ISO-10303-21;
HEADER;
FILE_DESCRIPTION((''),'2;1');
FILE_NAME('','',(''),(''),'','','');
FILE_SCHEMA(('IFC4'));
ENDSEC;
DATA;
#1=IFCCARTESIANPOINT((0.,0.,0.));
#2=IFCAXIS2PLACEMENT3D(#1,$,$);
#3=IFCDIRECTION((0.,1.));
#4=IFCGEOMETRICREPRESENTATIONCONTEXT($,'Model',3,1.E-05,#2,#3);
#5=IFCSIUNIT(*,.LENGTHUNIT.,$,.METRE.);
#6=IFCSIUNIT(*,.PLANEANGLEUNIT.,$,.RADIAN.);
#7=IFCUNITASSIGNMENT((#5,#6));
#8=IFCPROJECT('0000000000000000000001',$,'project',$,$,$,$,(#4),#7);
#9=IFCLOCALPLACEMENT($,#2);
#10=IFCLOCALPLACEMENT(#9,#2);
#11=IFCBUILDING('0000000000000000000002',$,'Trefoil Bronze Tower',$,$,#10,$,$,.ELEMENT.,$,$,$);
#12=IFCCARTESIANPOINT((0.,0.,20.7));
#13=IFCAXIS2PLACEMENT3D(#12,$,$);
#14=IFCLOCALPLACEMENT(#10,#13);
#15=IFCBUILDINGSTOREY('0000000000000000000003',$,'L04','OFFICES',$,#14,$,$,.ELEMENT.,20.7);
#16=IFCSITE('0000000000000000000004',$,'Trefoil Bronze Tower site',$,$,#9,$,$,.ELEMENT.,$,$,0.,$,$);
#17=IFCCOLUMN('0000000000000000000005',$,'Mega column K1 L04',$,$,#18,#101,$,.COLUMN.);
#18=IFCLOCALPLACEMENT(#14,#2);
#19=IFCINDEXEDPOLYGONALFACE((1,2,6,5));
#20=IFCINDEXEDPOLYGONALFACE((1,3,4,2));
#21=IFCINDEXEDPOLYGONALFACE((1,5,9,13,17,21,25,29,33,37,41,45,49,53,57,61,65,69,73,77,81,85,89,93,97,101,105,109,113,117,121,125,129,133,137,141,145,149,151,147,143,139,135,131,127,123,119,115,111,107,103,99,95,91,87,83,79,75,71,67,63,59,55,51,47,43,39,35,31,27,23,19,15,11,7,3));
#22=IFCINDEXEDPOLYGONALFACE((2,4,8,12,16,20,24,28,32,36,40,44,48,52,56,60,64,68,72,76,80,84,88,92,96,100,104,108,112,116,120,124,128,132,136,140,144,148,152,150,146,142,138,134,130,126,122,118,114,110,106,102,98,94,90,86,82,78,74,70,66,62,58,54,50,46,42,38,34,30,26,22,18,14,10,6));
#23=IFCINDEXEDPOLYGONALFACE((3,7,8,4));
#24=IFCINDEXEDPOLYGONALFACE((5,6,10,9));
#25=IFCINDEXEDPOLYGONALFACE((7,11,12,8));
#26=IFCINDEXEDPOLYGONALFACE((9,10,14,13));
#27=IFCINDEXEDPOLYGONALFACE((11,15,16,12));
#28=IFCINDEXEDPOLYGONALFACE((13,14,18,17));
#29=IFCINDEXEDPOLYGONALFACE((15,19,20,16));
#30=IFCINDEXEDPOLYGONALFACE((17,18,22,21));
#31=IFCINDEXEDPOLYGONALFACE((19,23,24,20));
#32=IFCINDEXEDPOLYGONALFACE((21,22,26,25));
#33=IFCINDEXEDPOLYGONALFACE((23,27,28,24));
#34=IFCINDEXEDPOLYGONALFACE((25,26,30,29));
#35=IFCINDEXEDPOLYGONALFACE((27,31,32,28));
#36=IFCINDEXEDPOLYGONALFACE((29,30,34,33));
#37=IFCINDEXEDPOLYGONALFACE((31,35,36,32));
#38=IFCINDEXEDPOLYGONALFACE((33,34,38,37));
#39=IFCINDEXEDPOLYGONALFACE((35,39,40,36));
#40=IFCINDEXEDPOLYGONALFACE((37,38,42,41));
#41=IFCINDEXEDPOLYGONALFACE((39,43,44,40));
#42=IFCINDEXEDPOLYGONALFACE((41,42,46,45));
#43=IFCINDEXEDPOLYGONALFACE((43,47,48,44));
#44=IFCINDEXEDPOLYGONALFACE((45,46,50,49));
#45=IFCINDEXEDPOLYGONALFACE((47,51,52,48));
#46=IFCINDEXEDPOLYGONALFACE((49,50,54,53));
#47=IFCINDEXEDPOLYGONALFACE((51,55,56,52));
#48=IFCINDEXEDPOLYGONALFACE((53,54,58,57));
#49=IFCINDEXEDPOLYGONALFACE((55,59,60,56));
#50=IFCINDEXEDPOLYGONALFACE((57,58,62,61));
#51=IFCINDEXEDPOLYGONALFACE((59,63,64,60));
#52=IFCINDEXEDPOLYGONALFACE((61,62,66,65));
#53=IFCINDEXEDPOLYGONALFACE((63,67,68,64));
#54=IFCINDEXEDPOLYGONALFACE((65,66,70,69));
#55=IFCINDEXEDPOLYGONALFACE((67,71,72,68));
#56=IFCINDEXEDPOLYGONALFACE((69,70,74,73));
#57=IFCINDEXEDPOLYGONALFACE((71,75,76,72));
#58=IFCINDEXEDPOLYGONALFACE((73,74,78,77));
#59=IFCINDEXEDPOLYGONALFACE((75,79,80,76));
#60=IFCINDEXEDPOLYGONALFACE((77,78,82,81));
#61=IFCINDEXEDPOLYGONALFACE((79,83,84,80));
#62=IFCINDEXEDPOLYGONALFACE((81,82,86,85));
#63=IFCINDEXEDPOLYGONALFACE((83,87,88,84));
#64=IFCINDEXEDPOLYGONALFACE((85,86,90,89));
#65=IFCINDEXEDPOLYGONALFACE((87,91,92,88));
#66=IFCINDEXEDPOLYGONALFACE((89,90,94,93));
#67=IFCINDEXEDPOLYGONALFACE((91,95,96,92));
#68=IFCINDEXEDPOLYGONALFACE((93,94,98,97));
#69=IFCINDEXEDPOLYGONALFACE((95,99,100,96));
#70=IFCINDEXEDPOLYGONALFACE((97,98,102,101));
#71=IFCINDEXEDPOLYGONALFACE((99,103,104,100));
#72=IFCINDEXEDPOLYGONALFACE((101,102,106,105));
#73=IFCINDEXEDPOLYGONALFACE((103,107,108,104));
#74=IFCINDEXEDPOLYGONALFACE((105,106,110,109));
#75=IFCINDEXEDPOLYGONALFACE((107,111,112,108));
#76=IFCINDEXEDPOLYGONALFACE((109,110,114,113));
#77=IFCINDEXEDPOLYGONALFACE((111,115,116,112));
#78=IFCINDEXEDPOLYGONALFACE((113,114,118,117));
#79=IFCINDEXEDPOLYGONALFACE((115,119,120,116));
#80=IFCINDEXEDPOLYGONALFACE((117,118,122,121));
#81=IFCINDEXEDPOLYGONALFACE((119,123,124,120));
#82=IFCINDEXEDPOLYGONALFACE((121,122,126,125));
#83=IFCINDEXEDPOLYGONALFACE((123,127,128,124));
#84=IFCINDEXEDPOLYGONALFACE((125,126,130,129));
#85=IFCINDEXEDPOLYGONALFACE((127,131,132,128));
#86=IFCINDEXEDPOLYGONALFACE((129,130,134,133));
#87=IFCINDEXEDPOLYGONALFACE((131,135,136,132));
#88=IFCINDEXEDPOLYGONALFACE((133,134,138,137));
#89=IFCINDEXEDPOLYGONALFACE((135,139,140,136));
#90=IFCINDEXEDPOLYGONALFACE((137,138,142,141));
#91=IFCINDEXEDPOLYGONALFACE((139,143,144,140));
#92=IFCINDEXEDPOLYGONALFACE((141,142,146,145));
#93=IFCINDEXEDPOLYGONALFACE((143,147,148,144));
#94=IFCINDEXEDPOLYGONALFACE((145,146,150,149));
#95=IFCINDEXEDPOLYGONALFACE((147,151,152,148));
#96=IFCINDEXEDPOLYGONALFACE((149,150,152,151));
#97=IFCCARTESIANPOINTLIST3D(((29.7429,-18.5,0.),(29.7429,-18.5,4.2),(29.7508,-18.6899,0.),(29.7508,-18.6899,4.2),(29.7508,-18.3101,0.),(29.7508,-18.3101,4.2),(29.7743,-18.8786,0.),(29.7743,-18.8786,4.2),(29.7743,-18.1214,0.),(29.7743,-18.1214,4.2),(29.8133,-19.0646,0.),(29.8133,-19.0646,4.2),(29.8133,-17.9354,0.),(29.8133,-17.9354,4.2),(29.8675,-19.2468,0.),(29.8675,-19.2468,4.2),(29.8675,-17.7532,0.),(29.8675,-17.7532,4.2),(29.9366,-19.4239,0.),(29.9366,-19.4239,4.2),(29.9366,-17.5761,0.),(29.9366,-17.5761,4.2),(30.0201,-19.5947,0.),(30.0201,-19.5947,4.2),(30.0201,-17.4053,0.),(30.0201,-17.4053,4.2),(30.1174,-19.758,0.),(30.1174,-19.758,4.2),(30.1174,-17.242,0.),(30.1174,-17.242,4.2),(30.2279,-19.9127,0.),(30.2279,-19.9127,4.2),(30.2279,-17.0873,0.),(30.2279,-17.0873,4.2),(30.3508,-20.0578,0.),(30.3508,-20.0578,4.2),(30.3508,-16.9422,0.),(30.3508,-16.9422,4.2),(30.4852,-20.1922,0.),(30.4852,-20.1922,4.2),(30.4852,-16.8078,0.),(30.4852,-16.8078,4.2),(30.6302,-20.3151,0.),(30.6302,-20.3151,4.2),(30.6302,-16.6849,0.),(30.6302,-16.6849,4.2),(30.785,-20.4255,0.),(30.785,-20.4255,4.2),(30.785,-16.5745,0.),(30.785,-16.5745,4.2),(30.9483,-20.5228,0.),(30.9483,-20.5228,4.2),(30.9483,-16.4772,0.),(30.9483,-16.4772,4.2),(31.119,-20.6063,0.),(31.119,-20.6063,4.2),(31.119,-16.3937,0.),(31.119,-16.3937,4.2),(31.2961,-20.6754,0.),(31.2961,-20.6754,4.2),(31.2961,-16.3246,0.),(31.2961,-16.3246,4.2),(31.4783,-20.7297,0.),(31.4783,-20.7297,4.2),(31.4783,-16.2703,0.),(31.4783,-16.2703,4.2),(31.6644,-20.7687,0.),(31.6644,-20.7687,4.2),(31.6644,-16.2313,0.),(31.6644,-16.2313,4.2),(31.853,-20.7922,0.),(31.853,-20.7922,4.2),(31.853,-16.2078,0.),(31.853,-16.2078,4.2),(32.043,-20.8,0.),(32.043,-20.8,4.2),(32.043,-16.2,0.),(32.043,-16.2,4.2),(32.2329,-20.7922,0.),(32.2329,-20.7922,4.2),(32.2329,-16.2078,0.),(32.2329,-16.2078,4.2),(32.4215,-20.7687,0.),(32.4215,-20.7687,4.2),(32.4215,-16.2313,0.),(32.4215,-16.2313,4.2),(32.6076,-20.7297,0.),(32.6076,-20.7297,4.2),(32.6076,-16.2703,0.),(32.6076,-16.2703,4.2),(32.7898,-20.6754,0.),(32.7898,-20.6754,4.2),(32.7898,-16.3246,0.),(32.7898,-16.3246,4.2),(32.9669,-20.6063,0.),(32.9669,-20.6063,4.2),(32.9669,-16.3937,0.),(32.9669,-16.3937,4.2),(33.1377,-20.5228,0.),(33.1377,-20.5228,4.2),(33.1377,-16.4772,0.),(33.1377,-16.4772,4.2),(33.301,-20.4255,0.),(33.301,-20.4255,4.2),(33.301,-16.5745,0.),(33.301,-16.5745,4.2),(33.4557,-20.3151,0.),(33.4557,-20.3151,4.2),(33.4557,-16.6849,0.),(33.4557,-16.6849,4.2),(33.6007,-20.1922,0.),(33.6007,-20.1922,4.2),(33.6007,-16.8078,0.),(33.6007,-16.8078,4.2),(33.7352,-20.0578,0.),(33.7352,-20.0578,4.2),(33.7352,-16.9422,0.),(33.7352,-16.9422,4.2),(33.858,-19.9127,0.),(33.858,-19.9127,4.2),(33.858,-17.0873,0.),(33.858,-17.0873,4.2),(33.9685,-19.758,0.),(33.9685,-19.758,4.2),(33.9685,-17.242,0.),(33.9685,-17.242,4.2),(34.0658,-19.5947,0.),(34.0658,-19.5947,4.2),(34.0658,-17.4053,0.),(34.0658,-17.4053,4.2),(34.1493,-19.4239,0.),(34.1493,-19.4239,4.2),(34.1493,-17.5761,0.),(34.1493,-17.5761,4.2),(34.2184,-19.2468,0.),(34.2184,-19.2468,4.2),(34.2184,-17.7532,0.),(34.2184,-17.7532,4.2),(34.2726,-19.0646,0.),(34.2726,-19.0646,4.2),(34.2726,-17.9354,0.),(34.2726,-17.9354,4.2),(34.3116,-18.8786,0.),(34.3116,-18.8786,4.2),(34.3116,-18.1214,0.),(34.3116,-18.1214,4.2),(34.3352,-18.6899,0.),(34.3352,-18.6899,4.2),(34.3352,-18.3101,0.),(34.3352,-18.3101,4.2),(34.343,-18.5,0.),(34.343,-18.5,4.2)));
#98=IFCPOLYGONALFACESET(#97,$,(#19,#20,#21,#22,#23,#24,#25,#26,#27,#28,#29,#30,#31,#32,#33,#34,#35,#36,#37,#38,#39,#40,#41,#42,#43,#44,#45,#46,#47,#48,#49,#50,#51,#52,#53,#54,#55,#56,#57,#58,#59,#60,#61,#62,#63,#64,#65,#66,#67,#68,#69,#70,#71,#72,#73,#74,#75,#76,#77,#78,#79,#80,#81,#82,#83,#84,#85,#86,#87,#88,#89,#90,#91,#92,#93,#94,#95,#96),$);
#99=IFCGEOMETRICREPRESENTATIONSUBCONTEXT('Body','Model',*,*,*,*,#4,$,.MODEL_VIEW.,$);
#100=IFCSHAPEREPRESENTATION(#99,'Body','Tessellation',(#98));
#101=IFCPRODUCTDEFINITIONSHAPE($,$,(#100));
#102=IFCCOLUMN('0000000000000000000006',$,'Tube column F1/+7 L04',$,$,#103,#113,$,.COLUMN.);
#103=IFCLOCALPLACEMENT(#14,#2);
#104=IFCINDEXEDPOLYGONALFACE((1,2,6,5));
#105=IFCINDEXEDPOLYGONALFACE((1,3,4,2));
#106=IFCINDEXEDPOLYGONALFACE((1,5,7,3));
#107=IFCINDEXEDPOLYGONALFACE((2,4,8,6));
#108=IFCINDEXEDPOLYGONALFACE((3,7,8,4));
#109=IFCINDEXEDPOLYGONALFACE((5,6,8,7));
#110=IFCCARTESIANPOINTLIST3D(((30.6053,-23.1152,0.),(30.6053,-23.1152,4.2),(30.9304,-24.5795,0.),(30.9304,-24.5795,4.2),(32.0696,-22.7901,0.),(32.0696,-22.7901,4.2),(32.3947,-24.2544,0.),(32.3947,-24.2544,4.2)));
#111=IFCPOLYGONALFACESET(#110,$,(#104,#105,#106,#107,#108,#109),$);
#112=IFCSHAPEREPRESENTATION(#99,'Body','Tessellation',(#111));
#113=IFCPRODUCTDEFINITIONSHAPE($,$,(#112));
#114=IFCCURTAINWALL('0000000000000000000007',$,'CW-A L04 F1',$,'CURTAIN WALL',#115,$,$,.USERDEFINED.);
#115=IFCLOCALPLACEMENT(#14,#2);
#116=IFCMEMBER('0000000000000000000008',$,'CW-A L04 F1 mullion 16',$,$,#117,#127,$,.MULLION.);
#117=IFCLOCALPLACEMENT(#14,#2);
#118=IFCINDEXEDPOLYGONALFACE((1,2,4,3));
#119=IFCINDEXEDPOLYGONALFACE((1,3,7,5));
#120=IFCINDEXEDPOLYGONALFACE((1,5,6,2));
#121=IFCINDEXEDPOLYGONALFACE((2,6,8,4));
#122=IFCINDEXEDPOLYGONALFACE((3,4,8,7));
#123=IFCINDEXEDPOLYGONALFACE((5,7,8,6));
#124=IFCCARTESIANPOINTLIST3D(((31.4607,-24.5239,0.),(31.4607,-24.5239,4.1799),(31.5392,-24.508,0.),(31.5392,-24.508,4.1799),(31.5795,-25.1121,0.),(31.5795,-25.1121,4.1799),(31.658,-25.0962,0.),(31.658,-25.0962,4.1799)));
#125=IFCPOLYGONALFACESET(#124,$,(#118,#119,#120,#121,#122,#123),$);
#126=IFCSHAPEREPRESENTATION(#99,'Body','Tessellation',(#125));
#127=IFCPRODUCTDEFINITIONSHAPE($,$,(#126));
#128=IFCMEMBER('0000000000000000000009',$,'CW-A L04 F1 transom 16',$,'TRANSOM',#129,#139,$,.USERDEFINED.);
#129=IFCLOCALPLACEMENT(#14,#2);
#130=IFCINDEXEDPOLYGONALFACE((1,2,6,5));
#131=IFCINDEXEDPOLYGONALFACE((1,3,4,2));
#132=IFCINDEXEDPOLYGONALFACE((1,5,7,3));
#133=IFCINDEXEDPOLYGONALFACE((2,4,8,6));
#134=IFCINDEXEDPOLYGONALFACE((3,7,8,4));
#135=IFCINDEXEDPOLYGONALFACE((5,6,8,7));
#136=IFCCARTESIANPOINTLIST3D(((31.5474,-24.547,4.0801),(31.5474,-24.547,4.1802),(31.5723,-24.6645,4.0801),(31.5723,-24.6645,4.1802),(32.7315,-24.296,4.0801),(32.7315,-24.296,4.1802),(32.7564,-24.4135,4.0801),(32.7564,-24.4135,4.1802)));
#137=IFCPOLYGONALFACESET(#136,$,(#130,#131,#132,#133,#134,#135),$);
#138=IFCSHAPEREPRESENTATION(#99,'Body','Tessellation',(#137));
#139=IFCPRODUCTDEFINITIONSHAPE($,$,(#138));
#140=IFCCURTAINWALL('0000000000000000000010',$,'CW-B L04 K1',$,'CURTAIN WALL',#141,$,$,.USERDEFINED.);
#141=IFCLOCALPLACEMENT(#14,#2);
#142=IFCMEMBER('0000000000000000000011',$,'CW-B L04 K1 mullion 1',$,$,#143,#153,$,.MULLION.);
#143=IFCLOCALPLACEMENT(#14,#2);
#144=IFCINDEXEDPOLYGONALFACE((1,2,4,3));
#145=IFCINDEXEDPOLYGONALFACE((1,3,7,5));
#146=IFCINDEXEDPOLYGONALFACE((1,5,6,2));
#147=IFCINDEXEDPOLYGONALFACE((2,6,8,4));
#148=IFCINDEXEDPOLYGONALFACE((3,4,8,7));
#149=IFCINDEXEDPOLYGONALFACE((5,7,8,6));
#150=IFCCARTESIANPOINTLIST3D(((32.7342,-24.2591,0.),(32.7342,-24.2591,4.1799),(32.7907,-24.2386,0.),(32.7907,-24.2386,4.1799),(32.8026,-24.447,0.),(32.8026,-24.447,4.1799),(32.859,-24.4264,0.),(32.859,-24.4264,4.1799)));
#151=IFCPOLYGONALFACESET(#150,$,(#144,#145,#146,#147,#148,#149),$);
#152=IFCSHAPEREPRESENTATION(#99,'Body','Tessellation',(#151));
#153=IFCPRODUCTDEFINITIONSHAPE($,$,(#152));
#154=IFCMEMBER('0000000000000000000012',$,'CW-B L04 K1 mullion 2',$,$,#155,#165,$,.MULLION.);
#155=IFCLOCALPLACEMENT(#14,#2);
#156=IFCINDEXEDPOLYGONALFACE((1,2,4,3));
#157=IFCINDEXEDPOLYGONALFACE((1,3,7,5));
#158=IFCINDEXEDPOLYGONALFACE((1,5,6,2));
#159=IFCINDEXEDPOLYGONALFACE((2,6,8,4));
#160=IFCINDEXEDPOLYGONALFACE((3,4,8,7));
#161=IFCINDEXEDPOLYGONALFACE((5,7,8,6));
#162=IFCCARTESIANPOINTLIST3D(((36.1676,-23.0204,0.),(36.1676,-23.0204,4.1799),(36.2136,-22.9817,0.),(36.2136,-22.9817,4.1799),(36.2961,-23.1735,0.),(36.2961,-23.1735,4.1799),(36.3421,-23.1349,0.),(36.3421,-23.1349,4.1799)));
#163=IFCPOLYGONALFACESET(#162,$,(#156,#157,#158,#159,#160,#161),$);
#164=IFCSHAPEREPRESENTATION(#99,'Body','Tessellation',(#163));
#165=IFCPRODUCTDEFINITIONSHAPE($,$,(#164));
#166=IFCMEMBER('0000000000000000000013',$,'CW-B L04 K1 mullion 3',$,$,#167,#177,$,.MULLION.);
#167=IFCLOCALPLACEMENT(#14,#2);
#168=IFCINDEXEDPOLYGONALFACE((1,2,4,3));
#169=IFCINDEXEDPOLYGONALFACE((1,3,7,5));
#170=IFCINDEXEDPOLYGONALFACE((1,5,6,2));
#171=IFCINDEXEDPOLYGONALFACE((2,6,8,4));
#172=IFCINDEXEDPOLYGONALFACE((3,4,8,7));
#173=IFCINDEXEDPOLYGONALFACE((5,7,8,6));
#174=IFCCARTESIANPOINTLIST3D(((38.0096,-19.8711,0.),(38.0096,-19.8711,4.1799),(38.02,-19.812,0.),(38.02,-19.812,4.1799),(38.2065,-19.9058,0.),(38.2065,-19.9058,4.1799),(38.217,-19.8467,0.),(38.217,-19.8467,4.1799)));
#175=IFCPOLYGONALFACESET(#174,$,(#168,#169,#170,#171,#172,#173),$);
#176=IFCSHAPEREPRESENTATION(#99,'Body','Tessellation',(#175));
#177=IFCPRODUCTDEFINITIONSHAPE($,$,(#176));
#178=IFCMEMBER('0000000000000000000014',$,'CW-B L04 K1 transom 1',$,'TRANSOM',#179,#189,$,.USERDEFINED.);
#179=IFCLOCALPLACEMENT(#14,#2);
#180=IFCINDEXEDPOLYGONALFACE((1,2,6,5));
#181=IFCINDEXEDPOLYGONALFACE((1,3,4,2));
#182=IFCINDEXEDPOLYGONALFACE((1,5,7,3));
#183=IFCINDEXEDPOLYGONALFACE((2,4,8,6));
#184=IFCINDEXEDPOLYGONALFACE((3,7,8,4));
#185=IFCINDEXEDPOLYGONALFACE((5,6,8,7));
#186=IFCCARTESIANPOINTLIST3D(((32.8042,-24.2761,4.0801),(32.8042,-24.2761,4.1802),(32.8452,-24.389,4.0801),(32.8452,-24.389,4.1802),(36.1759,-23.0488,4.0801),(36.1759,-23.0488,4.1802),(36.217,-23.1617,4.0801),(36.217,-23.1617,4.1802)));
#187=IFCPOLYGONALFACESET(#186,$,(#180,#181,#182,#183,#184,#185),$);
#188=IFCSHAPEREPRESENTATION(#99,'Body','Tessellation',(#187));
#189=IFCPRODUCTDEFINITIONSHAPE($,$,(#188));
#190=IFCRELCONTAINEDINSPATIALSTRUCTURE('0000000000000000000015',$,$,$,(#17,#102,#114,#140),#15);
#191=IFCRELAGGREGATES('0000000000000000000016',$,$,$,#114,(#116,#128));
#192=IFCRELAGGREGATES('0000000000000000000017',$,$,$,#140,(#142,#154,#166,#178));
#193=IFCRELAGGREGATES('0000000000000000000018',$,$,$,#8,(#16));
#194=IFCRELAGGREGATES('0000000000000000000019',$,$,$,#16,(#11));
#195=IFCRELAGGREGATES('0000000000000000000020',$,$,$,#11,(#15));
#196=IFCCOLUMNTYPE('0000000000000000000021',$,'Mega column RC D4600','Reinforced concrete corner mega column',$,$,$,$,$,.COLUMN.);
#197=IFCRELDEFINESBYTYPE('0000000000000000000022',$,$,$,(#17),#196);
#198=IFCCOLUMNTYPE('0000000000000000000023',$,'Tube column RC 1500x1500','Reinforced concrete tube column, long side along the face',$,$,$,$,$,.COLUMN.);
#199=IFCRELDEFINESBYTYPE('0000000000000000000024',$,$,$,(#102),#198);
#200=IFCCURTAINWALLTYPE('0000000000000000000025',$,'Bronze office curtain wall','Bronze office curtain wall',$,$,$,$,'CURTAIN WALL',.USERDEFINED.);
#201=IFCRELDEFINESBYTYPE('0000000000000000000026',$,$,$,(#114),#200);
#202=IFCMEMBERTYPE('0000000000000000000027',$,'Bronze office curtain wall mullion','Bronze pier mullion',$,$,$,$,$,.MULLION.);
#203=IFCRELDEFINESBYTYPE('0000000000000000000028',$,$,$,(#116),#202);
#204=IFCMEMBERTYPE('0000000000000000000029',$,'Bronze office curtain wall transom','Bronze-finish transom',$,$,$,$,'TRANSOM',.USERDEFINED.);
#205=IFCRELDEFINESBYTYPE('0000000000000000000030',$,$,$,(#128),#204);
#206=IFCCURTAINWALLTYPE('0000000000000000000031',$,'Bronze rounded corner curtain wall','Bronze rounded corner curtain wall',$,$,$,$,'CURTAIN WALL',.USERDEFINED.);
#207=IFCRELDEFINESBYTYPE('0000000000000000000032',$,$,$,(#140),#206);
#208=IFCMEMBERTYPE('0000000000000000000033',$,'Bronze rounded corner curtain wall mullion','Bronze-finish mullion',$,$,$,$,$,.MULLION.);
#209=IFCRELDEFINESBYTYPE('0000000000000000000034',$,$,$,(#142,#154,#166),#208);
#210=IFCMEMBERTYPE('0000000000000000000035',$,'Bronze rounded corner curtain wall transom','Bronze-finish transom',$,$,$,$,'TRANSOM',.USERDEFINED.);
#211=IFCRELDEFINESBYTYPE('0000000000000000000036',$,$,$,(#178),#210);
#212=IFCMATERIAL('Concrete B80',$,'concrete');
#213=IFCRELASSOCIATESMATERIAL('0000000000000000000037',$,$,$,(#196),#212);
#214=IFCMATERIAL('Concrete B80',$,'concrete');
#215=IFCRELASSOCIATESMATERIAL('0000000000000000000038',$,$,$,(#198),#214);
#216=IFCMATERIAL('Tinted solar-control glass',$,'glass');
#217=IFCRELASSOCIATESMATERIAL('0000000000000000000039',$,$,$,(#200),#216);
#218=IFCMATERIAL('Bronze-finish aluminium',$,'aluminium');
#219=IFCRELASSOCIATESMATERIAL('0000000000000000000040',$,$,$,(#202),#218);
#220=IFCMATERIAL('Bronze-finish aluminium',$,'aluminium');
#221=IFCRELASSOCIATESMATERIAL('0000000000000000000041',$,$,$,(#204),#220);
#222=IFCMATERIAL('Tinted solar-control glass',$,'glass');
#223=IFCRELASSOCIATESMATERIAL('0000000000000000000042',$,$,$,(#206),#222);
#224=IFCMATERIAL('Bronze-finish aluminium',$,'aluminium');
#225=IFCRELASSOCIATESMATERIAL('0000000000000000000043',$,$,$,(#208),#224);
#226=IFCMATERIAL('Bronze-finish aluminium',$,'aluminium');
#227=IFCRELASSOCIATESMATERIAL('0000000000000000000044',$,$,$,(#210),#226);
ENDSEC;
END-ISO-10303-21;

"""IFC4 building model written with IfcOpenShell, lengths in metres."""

from ifc_helpers import new_model, si_unit, direction, frame, origin, origin_2d, place, context, subcontext, project, spatial, rectangle, circle, extrude, material, material_profile, profile_set, type_object, element, aggregate, save


model = new_model("IFC4")

# Units and contexts
model_context = context("Model", 3, precision=1e-05, world=origin(), true_north=direction((0.0, 1.0)))
body_context = subcontext(model_context, "Body", "Model", "MODEL_VIEW")
ifc_project = project(units=[si_unit("LENGTHUNIT", "METRE"), si_unit("PLANEANGLEUNIT", "RADIAN")], contexts=[model_context])

# Site, building, storey
site_placement = place(None, origin())
site = spatial("IfcSite", under=ifc_project, at=site_placement, Name="Trefoil Bronze Tower site", CompositionType="ELEMENT", RefElevation=0.0)
building_placement = place(site_placement, origin())
building = spatial("IfcBuilding", under=site, at=building_placement, Name="Trefoil Bronze Tower", CompositionType="ELEMENT")
storey_placement = place(building_placement, frame((0.0, 0.0, 20.7)))
storey = spatial("IfcBuildingStorey", under=building, at=storey_placement, Name="L04", Description="OFFICES", CompositionType="ELEMENT", Elevation=20.7)

# Columns
ifc_material_1 = material(Name="Concrete B80", Category="concrete")
ifc_material_profile_1 = material_profile(ifc_material_1, circle(Radius=2.3, at=origin_2d()), Name="RC D4600")
ifc_profile_set_1 = profile_set([ifc_material_profile_1], Name="Concrete B80")
column_type_1 = type_object("IfcColumnType", Name="Mega column RC D4600", Description="Reinforced concrete corner mega column", PredefinedType="COLUMN", material=ifc_profile_set_1)
column_1_placement = place(storey_placement, frame((32.043, -18.5, 0.0), z_axis=(0.0, 0.0, 1.0), x_axis=(1.0, 0.0, 0.0)))
element("IfcColumn", 1, at=column_1_placement, inside=storey, type_object=column_type_1, Name="Mega column K1 L04", PredefinedType="COLUMN", context=body_context, shape_type="SweptSolid", body=[
    extrude(circle(Radius=2.3, at=origin_2d()), origin(), (0.0, 0.0, 1.0), 4.2),
])
ifc_material_2 = material(Name="Concrete B80", Category="concrete")
ifc_material_profile_2 = material_profile(ifc_material_2, rectangle(XDim=1.5, YDim=1.5, at=origin_2d()), Name="RC 1500x1500")
ifc_profile_set_2 = profile_set([ifc_material_profile_2], Name="Concrete B80")
column_type_2 = type_object("IfcColumnType", Name="Tube column RC 1500x1500", Description="Reinforced concrete tube column, long side along the face", PredefinedType="COLUMN", material=ifc_profile_set_2)
column_2_placement = place(storey_placement, frame((31.5, -23.6848, 0.0), z_axis=(0.0, 0.0, 1.0), x_axis=(0.97623, 0.216739, 0.0)))
element("IfcColumn", 2, at=column_2_placement, inside=storey, type_object=column_type_2, Name="Tube column F1/+7 L04", PredefinedType="COLUMN", context=body_context, shape_type="SweptSolid", body=[
    extrude(rectangle(XDim=1.5, YDim=1.5, at=origin_2d()), origin(), (0.0, 0.0, 1.0), 4.2),
])

# Curtain walls, members
ifc_material_3 = material(Name="Tinted solar-control glass", Category="glass")
curtain_wall_type_1 = type_object("IfcCurtainWallType", Name="Bronze office curtain wall", Description="Bronze office curtain wall", ElementType="CURTAIN WALL", PredefinedType="USERDEFINED", material=ifc_material_3)
curtain_wall_1_placement = place(storey_placement, origin())
curtain_wall_1 = element("IfcCurtainWall", 3, at=curtain_wall_1_placement, inside=storey, type_object=curtain_wall_type_1, Name="CW-A L04 F1", ObjectType="CURTAIN WALL", PredefinedType="USERDEFINED")
ifc_material_4 = material(Name="Bronze-finish aluminium", Category="aluminium")
ifc_material_profile_3 = material_profile(ifc_material_4, rectangle(XDim=0.6001, YDim=0.0801, at=origin_2d()), Name="CW-A mullion")
ifc_profile_set_3 = profile_set([ifc_material_profile_3], Name="Bronze-finish aluminium")
member_type_1 = type_object("IfcMemberType", Name="Bronze office curtain wall mullion", Description="Bronze pier mullion", PredefinedType="MULLION", material=ifc_profile_set_3)
member_1_placement = place(storey_placement, frame((31.5593, -24.8101, 0.0), z_axis=(0.0, 0.0, 1.0), x_axis=(-0.19791, 0.98022, 0.0)))
member_1 = element("IfcMember", 4, at=member_1_placement, type_object=member_type_1, Name="CW-A L04 F1 mullion 16", PredefinedType="MULLION", context=body_context, shape_type="SweptSolid", body=[
    extrude(rectangle(XDim=0.6001, YDim=0.0801, at=origin_2d()), origin(), (0.0, 0.0, 1.0), 4.1799),
])
ifc_material_5 = material(Name="Bronze-finish aluminium", Category="aluminium")
ifc_material_profile_4 = material_profile(ifc_material_5, rectangle(XDim=0.1201, YDim=0.1001, at=origin_2d()), Name="CW-A transom")
ifc_profile_set_4 = profile_set([ifc_material_profile_4], Name="Bronze-finish aluminium")
member_type_2 = type_object("IfcMemberType", Name="Bronze office curtain wall transom", Description="Bronze-finish transom", ElementType="TRANSOM", PredefinedType="USERDEFINED", material=ifc_profile_set_4)
member_2_placement = place(storey_placement, frame((31.5598, -24.6057, 4.1301), z_axis=(0.978266, 0.207352, 0.0), x_axis=(-0.207352, 0.978266, 0.0)))
member_2 = element("IfcMember", 5, at=member_2_placement, type_object=member_type_2, Name="CW-A L04 F1 transom 16", ObjectType="TRANSOM", PredefinedType="USERDEFINED", context=body_context, shape_type="SweptSolid", body=[
    extrude(rectangle(XDim=0.1201, YDim=0.1001, at=origin_2d()), origin(), (0.0, 0.0, 1.0), 1.2104),
])
ifc_material_6 = material(Name="Tinted solar-control glass", Category="glass")
curtain_wall_type_2 = type_object("IfcCurtainWallType", Name="Bronze rounded corner curtain wall", Description="Bronze rounded corner curtain wall", ElementType="CURTAIN WALL", PredefinedType="USERDEFINED", material=ifc_material_6)
curtain_wall_2_placement = place(storey_placement, origin())
curtain_wall_2 = element("IfcCurtainWall", 6, at=curtain_wall_2_placement, inside=storey, type_object=curtain_wall_type_2, Name="CW-B L04 K1", ObjectType="CURTAIN WALL", PredefinedType="USERDEFINED")
ifc_material_7 = material(Name="Bronze-finish aluminium", Category="aluminium")
ifc_material_profile_5 = material_profile(ifc_material_7, rectangle(XDim=0.2, YDim=0.0601, at=origin_2d()), Name="CW-B mullion")
ifc_profile_set_5 = profile_set([ifc_material_profile_5], Name="Bronze-finish aluminium")
member_type_3 = type_object("IfcMemberType", Name="Bronze rounded corner curtain wall mullion", Description="Bronze-finish mullion", PredefinedType="MULLION", material=ifc_profile_set_5)
member_3_placement = place(storey_placement, frame((32.7966, -24.3428, 0.0), z_axis=(0.0, 0.0, 1.0), x_axis=(-0.34202, 0.939693, 0.0)))
member_3 = element("IfcMember", 7, at=member_3_placement, type_object=member_type_3, Name="CW-B L04 K1 mullion 1", PredefinedType="MULLION", context=body_context, shape_type="SweptSolid", body=[
    extrude(rectangle(XDim=0.2, YDim=0.0601, at=origin_2d()), origin(), (0.0, 0.0, 1.0), 4.1799),
])
member_4_placement = place(storey_placement, frame((36.2549, -23.0776, 0.0), z_axis=(0.0, 0.0, 1.0), x_axis=(-0.642788, 0.766044, 0.0)))
member_4 = element("IfcMember", 8, at=member_4_placement, type_object=member_type_3, Name="CW-B L04 K1 mullion 2", PredefinedType="MULLION", context=body_context, shape_type="SweptSolid", body=[
    extrude(rectangle(XDim=0.2, YDim=0.0601, at=origin_2d()), origin(), (0.0, 0.0, 1.0), 4.1799),
])
member_5_placement = place(storey_placement, frame((38.1133, -19.8589, 0.0), z_axis=(0.0, 0.0, 1.0), x_axis=(-0.984808, 0.173648, 0.0)))
member_5 = element("IfcMember", 9, at=member_5_placement, type_object=member_type_3, Name="CW-B L04 K1 mullion 3", PredefinedType="MULLION", context=body_context, shape_type="SweptSolid", body=[
    extrude(rectangle(XDim=0.2, YDim=0.0601, at=origin_2d()), origin(), (0.0, 0.0, 1.0), 4.1799),
])
ifc_material_8 = material(Name="Bronze-finish aluminium", Category="aluminium")
ifc_material_profile_6 = material_profile(ifc_material_8, rectangle(XDim=0.1201, YDim=0.1001, at=origin_2d()), Name="CW-B transom")
ifc_profile_set_6 = profile_set([ifc_material_profile_6], Name="Bronze-finish aluminium")
member_type_4 = type_object("IfcMemberType", Name="Bronze rounded corner curtain wall transom", Description="Bronze-finish transom", ElementType="TRANSOM", PredefinedType="USERDEFINED", material=ifc_profile_set_6)
member_6_placement = place(storey_placement, frame((32.8247, -24.3325, 4.1301), z_axis=(0.939688, 0.342033, 0.0), x_axis=(-0.342033, 0.939688, 0.0)))
member_6 = element("IfcMember", 10, at=member_6_placement, type_object=member_type_4, Name="CW-B L04 K1 transom 1", ObjectType="TRANSOM", PredefinedType="USERDEFINED", context=body_context, shape_type="SweptSolid", body=[
    extrude(rectangle(XDim=0.1201, YDim=0.1001, at=origin_2d()), origin(), (0.0, 0.0, 1.0), 3.5881),
])

aggregate(curtain_wall_1, [member_1, member_2])
aggregate(curtain_wall_2, [member_3, member_4, member_5, member_6])

save(model, "model.ifc")
